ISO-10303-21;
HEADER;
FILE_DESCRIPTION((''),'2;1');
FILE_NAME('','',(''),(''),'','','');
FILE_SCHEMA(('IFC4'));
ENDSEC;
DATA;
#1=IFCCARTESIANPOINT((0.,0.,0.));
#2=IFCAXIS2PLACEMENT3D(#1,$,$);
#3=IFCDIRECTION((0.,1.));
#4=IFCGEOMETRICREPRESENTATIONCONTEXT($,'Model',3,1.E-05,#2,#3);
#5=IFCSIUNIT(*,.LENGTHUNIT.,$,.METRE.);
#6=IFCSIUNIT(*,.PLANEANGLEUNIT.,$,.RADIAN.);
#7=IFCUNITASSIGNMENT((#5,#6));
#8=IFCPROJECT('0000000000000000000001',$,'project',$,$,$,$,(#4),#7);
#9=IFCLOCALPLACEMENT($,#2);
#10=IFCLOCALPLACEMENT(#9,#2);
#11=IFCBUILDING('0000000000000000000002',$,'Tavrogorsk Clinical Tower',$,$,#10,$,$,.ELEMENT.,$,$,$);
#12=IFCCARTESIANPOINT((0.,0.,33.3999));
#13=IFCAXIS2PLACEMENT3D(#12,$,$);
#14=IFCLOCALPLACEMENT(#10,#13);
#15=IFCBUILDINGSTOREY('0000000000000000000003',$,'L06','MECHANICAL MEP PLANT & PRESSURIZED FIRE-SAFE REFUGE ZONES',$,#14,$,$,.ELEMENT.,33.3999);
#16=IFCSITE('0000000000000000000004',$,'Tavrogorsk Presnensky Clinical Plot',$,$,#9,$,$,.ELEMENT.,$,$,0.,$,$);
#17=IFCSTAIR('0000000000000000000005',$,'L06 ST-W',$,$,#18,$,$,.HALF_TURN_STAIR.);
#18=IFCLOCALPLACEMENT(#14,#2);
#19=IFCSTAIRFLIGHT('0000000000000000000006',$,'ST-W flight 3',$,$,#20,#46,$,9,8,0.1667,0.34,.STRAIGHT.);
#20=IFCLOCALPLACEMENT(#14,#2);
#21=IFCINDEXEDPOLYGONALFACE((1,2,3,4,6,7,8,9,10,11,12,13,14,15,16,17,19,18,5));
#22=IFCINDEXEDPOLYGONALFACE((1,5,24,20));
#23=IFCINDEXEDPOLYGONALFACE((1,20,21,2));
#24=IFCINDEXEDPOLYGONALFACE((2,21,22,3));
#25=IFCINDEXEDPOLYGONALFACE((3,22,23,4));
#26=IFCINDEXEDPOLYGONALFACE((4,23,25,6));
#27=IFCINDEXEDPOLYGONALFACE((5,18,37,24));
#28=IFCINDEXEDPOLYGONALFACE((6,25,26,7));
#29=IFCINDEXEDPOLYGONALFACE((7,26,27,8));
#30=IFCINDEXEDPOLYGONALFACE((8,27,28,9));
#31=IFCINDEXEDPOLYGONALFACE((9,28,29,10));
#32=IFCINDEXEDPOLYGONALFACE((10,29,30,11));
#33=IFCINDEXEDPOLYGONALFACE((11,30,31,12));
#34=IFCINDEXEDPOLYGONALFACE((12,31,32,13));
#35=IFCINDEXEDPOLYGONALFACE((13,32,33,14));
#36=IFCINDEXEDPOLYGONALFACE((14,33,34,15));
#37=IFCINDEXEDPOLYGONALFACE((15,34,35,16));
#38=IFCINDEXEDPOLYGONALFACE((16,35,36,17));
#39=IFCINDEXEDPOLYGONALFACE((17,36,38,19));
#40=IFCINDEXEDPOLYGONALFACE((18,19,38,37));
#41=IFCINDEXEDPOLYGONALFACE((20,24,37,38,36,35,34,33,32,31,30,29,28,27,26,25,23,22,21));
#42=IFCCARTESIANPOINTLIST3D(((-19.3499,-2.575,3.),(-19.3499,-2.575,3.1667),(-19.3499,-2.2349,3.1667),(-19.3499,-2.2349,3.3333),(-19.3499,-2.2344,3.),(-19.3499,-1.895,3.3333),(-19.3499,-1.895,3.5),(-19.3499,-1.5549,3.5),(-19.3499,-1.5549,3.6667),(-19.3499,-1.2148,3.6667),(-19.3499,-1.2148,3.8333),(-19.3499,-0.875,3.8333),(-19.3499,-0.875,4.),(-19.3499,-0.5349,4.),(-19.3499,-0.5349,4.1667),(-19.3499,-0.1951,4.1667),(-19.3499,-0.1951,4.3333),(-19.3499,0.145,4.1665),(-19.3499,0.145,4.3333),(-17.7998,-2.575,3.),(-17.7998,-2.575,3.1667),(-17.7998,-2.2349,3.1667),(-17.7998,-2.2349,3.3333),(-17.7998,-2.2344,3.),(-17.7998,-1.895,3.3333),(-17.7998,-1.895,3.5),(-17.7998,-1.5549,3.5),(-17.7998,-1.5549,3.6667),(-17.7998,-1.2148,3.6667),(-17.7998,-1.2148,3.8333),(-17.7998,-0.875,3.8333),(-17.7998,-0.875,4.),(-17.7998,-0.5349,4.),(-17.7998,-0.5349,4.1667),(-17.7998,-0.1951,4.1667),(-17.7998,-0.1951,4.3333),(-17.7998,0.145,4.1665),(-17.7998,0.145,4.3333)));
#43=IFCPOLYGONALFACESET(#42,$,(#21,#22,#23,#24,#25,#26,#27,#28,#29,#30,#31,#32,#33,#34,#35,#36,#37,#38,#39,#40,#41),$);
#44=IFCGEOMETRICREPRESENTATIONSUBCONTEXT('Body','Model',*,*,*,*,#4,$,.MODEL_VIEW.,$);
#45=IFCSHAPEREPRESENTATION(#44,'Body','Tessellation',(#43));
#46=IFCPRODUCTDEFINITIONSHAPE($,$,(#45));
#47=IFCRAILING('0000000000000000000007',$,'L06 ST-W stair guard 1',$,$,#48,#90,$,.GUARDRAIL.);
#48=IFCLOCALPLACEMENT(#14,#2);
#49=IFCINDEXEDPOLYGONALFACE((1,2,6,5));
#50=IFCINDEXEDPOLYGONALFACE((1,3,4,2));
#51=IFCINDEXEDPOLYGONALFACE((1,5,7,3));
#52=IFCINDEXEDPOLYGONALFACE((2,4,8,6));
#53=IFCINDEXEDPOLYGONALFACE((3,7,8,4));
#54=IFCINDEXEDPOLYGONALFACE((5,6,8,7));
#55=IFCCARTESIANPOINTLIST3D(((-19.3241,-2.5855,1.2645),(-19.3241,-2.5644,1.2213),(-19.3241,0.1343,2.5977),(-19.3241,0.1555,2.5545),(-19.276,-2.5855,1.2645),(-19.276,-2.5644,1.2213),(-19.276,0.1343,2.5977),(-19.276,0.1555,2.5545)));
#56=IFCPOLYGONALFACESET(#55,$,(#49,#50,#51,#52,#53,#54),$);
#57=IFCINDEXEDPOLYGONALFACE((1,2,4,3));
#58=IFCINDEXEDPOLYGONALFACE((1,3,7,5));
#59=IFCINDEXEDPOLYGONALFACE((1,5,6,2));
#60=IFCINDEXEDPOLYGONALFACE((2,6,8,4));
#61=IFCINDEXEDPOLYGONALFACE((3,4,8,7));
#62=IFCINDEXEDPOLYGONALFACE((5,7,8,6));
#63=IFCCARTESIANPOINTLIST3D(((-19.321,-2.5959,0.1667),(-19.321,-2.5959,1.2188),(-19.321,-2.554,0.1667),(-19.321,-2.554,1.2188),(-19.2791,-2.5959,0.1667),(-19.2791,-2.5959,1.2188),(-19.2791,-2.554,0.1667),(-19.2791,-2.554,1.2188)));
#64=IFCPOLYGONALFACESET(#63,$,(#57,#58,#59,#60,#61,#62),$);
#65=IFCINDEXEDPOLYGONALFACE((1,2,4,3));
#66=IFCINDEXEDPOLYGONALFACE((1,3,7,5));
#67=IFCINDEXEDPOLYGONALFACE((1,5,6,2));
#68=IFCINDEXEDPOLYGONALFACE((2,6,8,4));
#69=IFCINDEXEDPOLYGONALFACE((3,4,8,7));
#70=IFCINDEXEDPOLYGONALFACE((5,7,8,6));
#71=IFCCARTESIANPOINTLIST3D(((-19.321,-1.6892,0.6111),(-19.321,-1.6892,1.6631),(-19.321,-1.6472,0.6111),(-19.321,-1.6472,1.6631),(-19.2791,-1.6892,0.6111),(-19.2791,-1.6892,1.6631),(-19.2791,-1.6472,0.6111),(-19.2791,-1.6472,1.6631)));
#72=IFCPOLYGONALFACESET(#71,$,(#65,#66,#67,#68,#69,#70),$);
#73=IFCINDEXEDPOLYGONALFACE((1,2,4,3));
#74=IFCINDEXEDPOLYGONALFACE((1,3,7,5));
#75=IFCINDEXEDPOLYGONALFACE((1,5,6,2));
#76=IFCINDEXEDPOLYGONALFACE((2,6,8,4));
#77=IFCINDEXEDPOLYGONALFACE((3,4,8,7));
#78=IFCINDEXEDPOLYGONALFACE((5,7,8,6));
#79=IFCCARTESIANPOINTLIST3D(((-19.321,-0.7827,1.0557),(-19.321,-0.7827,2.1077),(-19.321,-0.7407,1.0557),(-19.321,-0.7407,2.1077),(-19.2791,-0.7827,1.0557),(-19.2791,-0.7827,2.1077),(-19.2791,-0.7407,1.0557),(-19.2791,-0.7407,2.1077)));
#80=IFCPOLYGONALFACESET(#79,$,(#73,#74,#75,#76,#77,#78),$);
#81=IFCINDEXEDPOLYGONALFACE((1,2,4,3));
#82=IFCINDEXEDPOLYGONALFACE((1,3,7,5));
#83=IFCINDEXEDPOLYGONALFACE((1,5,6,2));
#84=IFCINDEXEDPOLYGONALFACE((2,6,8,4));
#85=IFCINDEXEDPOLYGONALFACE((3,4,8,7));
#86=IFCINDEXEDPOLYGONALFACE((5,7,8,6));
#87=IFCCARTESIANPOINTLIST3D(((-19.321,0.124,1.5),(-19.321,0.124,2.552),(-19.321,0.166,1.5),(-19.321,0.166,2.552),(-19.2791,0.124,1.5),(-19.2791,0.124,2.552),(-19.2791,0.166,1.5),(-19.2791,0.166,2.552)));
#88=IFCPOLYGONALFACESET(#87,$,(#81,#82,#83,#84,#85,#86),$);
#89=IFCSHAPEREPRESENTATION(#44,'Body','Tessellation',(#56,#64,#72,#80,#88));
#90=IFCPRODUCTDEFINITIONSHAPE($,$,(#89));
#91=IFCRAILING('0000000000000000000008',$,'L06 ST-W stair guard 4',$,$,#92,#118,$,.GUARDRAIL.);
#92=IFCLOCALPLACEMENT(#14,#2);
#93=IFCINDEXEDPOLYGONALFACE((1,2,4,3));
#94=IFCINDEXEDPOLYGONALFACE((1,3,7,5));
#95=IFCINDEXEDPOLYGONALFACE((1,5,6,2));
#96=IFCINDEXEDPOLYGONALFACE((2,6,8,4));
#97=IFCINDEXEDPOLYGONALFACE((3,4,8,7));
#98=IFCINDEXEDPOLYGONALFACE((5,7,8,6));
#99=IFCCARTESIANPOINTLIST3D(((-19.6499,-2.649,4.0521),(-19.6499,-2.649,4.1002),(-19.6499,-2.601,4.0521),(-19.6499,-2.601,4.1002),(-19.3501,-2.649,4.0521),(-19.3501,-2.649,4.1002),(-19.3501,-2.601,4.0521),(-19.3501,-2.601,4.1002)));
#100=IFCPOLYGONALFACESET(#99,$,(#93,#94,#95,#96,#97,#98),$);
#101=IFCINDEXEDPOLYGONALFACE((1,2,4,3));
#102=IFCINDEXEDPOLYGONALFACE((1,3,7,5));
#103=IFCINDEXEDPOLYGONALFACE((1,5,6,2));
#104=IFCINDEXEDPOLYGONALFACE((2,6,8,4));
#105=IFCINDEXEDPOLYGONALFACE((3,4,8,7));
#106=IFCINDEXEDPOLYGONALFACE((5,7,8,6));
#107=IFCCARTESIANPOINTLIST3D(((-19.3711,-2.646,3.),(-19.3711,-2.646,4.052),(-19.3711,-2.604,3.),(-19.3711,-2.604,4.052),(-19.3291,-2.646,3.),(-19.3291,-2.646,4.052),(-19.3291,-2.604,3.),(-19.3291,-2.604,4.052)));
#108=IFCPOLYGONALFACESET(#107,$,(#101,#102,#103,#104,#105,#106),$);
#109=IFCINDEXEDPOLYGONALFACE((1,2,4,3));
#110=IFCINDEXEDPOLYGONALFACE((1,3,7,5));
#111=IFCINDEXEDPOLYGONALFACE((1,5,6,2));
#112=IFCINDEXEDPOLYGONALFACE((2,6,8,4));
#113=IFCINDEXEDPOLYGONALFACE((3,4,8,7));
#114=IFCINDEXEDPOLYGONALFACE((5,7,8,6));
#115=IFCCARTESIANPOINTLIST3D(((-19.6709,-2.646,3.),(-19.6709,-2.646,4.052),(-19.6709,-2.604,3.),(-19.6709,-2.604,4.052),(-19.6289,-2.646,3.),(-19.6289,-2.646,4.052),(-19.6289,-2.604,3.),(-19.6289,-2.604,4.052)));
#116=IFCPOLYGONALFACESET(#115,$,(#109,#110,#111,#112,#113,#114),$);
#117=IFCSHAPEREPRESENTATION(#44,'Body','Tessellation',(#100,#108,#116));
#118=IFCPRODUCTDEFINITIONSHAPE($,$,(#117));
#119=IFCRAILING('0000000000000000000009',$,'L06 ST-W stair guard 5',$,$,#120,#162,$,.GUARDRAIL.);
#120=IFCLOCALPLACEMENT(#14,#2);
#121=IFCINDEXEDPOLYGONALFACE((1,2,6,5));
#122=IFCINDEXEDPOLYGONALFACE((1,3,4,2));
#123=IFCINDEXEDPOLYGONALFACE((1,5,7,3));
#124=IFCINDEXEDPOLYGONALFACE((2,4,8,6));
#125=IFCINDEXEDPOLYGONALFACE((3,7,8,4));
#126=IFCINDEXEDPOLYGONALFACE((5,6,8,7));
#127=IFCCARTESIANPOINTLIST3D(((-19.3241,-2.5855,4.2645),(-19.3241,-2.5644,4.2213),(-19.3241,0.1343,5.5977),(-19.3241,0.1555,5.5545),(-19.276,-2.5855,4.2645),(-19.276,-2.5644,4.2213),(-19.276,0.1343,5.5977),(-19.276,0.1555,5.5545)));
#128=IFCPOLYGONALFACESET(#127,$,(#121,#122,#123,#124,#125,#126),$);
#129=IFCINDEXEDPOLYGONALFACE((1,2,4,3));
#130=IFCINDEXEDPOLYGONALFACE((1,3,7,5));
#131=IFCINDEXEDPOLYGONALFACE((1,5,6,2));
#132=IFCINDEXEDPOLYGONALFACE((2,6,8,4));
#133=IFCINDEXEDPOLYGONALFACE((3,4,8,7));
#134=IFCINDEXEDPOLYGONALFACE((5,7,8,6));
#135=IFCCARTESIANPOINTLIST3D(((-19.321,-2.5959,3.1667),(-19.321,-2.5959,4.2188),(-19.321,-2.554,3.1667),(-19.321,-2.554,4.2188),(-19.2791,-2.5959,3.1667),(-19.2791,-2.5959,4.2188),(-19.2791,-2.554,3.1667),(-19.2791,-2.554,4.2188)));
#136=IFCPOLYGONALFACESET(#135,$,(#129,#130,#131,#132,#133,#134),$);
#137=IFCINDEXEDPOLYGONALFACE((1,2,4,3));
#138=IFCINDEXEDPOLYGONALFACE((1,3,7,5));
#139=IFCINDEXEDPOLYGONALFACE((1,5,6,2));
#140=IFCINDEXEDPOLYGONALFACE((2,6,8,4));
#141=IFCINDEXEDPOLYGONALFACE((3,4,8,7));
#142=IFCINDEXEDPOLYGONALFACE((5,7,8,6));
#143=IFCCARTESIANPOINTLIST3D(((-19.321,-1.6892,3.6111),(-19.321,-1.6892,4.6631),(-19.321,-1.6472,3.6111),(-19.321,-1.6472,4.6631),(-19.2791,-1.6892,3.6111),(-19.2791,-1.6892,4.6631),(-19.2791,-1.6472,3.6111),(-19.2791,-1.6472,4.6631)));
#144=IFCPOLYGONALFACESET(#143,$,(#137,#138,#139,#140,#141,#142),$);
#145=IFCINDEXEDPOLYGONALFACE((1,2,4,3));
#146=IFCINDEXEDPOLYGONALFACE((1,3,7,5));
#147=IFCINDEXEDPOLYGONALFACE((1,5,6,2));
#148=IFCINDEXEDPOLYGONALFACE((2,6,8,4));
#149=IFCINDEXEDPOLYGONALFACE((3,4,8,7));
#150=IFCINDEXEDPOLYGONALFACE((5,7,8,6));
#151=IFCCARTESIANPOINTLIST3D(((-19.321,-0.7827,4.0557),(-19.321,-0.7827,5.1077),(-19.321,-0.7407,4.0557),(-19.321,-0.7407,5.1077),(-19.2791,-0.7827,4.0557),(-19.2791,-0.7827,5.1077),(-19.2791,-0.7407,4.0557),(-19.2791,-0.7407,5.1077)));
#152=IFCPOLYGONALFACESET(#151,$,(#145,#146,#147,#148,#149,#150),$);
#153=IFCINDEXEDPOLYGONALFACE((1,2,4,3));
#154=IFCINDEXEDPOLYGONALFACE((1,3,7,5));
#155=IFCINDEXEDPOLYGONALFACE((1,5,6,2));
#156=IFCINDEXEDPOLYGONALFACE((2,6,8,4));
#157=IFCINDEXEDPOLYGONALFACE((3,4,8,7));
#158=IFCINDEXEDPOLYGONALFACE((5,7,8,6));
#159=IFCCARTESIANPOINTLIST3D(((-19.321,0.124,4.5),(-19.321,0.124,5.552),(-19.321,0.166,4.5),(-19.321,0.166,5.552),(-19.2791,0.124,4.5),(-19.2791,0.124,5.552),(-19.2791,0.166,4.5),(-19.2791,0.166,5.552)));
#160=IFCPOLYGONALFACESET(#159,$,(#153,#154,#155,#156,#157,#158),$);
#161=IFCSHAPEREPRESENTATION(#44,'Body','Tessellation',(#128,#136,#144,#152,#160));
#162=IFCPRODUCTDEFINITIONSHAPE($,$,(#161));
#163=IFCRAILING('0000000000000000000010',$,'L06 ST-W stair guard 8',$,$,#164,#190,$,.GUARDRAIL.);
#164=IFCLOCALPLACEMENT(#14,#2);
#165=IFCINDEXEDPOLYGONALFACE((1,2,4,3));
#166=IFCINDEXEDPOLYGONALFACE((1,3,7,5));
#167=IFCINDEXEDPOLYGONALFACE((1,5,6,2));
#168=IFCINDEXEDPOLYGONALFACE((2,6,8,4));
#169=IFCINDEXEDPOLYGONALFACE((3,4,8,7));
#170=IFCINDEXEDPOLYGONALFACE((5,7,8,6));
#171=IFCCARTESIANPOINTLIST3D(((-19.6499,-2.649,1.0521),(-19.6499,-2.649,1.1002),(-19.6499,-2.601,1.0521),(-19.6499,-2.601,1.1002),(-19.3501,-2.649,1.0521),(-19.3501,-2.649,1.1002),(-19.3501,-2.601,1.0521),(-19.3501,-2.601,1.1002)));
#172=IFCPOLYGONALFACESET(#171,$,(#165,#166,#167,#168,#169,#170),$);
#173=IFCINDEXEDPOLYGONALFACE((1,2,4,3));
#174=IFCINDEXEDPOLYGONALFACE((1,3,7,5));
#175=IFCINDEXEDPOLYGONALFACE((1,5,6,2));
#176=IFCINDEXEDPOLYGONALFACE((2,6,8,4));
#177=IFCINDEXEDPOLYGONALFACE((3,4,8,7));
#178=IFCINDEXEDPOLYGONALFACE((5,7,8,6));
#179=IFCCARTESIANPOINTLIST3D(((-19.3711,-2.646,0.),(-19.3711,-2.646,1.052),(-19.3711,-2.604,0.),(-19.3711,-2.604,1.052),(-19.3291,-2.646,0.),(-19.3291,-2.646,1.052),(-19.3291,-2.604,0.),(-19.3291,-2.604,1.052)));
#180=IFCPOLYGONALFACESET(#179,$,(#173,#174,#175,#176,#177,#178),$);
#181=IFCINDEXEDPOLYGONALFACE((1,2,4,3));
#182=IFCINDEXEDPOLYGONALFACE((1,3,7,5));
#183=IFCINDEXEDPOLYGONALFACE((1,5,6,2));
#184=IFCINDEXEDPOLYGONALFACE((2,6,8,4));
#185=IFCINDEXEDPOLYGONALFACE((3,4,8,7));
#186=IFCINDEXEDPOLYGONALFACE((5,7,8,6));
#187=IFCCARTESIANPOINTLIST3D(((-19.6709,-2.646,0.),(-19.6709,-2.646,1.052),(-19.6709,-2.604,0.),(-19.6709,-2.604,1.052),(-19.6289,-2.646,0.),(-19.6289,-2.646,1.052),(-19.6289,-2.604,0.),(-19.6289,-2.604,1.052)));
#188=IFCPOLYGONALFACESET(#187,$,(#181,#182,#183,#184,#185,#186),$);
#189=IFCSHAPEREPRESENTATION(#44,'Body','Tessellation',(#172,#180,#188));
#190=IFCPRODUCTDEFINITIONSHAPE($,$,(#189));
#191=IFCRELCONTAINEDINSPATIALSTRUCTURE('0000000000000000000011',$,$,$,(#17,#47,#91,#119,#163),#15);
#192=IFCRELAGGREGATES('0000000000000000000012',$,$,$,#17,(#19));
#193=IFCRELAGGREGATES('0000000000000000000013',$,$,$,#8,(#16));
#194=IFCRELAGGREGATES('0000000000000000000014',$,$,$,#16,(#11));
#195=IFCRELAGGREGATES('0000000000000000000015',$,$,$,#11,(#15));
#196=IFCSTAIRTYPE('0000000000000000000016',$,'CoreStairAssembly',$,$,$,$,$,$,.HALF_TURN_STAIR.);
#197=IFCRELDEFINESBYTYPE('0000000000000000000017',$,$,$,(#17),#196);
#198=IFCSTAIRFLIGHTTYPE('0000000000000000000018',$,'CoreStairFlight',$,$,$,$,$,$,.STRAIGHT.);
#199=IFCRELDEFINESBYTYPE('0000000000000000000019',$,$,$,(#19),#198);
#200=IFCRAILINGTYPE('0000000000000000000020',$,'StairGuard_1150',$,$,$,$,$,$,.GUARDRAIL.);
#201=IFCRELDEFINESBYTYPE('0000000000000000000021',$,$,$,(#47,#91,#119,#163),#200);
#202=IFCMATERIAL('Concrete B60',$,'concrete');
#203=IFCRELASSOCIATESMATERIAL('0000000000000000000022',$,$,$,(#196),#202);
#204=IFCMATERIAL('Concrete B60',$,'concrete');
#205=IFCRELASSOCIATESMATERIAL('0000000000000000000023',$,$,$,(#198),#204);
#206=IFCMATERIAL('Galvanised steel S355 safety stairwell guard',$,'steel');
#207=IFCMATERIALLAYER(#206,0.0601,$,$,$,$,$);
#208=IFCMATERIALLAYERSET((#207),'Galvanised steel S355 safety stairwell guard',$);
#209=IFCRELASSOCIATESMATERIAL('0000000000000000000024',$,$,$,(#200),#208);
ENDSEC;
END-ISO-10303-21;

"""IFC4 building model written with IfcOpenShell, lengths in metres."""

from ifc_helpers import new_model, si_unit, direction, frame, origin, origin_2d, place, context, subcontext, project, spatial, polyline, rectangle, outline, extrude, material, layer, layer_set, type_object, element, aggregate, save


model = new_model("IFC4")

# Units and contexts
model_context = context("Model", 3, precision=1e-05, world=origin(), true_north=direction((0.0, 1.0)))
body_context = subcontext(model_context, "Body", "Model", "MODEL_VIEW")
ifc_project = project(units=[si_unit("LENGTHUNIT", "METRE"), si_unit("PLANEANGLEUNIT", "RADIAN")], contexts=[model_context])

# Site, building, storey
site_placement = place(None, origin())
site = spatial("IfcSite", under=ifc_project, at=site_placement, Name="Tavrogorsk Presnensky Clinical Plot", CompositionType="ELEMENT", RefElevation=0.0)
building_placement = place(site_placement, origin())
building = spatial("IfcBuilding", under=site, at=building_placement, Name="Tavrogorsk Clinical Tower", CompositionType="ELEMENT")
storey_placement = place(building_placement, frame((0.0, 0.0, 33.3999)))
storey = spatial("IfcBuildingStorey", under=building, at=storey_placement, Name="L06", Description="MECHANICAL MEP PLANT & PRESSURIZED FIRE-SAFE REFUGE ZONES", CompositionType="ELEMENT", Elevation=33.3999)

# Stair, stair flight
ifc_material_1 = material(Name="Concrete B60", Category="concrete")
stair_type = type_object("IfcStairType", Name="CoreStairAssembly", PredefinedType="HALF_TURN_STAIR", material=ifc_material_1)
stair_placement = place(storey_placement, origin())
stair = element("IfcStair", 1, at=stair_placement, inside=storey, type_object=stair_type, Name="L06 ST-W", PredefinedType="HALF_TURN_STAIR")
ifc_material_2 = material(Name="Concrete B60", Category="concrete")
stair_flight_type = type_object("IfcStairFlightType", Name="CoreStairFlight", PredefinedType="STRAIGHT", material=ifc_material_2)
stair_flight_1_placement = place(storey_placement, frame((-18.575, -2.575, 3.0), z_axis=(0.0, 0.0, 1.0), x_axis=(0.0, 1.0, 0.0)))
stair_flight_1 = element("IfcStairFlight", 2, at=stair_flight_1_placement, type_object=stair_flight_type, Name="ST-W flight 3", NumberOfRisers=9, NumberOfTreads=8, PredefinedType="STRAIGHT", RiserHeight=0.1667, TreadLength=0.34, context=body_context, shape_type="SweptSolid", body=[
    extrude(outline(polyline([(0.0, 0.0), (0.0, 0.1667), (0.3401, 0.1667), (0.3401, 0.3333), (0.6799, 0.3333), (0.6799, 0.5), (1.02, 0.5), (1.02, 0.6667), (1.3601, 0.6667), (1.3601, 0.8333), (1.7, 0.8333), (1.7, 1.0), (2.04, 1.0), (2.04, 1.1667), (2.3799, 1.1667), (2.3799, 1.3333), (2.72, 1.3333), (2.72, 1.5), (2.72, 1.1665), (0.3406, 0.0), (0.0, 0.0)])), frame((0.0, 0.7749, 0.0), z_axis=(0.0, -1.0, 0.0), x_axis=(1.0, 0.0, 0.0)), (0.0, 0.0, 1.0), 1.55),
])
aggregate(stair, [stair_flight_1])

# Railings
ifc_material_3 = material(Name="Galvanised steel S355 safety stairwell guard", Category="steel")
ifc_layer_1 = layer(ifc_material_3, 0.0601)
ifc_layer_set_1 = layer_set([ifc_layer_1], Name="Galvanised steel S355 safety stairwell guard")
railing_type_1 = type_object("IfcRailingType", Name="StairGuard_1150", PredefinedType="GUARDRAIL", material=ifc_layer_set_1)
railing_1_placement = place(storey_placement, frame((-19.3, -2.575, 0.1667)))
element("IfcRailing", 3, at=railing_1_placement, inside=storey, type_object=railing_type_1, Name="L06 ST-W stair guard 1", PredefinedType="GUARDRAIL", context=body_context, shape_type="SweptSolid", body=[
    extrude(rectangle(XDim=0.0481, YDim=0.0481, at=origin_2d()), frame((0.0, 0.0, 1.0762), z_axis=(0.0, 0.897929, 0.440139), x_axis=(-1.0, 0.0, 0.0)), (0.0, 0.0, 1.0), 3.0291),
    extrude(rectangle(XDim=0.042, YDim=0.042, at=origin_2d()), origin(), (0.0, 0.0, 1.0), 1.052),
    extrude(rectangle(XDim=0.042, YDim=0.042, at=origin_2d()), frame((0.0, 0.9067, 0.4443)), (0.0, 0.0, 1.0), 1.052),
    extrude(rectangle(XDim=0.042, YDim=0.042, at=origin_2d()), frame((0.0, 1.8132, 0.8889)), (0.0, 0.0, 1.0), 1.052),
    extrude(rectangle(XDim=0.042, YDim=0.042, at=origin_2d()), frame((0.0, 2.72, 1.3333)), (0.0, 0.0, 1.0), 1.052),
])
railing_2_placement = place(storey_placement, frame((-19.3501, -2.625, 3.0)))
element("IfcRailing", 4, at=railing_2_placement, inside=storey, type_object=railing_type_1, Name="L06 ST-W stair guard 4", PredefinedType="GUARDRAIL", context=body_context, shape_type="SweptSolid", body=[
    extrude(rectangle(XDim=0.0481, YDim=0.0481, at=origin_2d()), frame((0.0, 0.0, 1.0762), z_axis=(-1.0, 0.0, 0.0), x_axis=(0.0, -1.0, 0.0)), (0.0, 0.0, 1.0), 0.2998),
    extrude(rectangle(XDim=0.042, YDim=0.042, at=origin_2d()), origin(), (0.0, 0.0, 1.0), 1.052),
    extrude(rectangle(XDim=0.042, YDim=0.042, at=origin_2d()), frame((-0.2998, 0.0, 0.0)), (0.0, 0.0, 1.0), 1.052),
])
railing_3_placement = place(storey_placement, frame((-19.3, -2.575, 3.1667)))
element("IfcRailing", 5, at=railing_3_placement, inside=storey, type_object=railing_type_1, Name="L06 ST-W stair guard 5", PredefinedType="GUARDRAIL", context=body_context, shape_type="SweptSolid", body=[
    extrude(rectangle(XDim=0.0481, YDim=0.0481, at=origin_2d()), frame((0.0, 0.0, 1.0762), z_axis=(0.0, 0.897929, 0.440139), x_axis=(-1.0, 0.0, 0.0)), (0.0, 0.0, 1.0), 3.0291),
    extrude(rectangle(XDim=0.042, YDim=0.042, at=origin_2d()), origin(), (0.0, 0.0, 1.0), 1.052),
    extrude(rectangle(XDim=0.042, YDim=0.042, at=origin_2d()), frame((0.0, 0.9067, 0.4443)), (0.0, 0.0, 1.0), 1.052),
    extrude(rectangle(XDim=0.042, YDim=0.042, at=origin_2d()), frame((0.0, 1.8132, 0.8889)), (0.0, 0.0, 1.0), 1.052),
    extrude(rectangle(XDim=0.042, YDim=0.042, at=origin_2d()), frame((0.0, 2.72, 1.3333)), (0.0, 0.0, 1.0), 1.052),
])
railing_4_placement = place(storey_placement, frame((-19.3501, -2.625, 0.0)))
element("IfcRailing", 6, at=railing_4_placement, inside=storey, type_object=railing_type_1, Name="L06 ST-W stair guard 8", PredefinedType="GUARDRAIL", context=body_context, shape_type="SweptSolid", body=[
    extrude(rectangle(XDim=0.0481, YDim=0.0481, at=origin_2d()), frame((0.0, 0.0, 1.0762), z_axis=(-1.0, 0.0, 0.0), x_axis=(0.0, -1.0, 0.0)), (0.0, 0.0, 1.0), 0.2998),
    extrude(rectangle(XDim=0.042, YDim=0.042, at=origin_2d()), origin(), (0.0, 0.0, 1.0), 1.052),
    extrude(rectangle(XDim=0.042, YDim=0.042, at=origin_2d()), frame((-0.2998, 0.0, 0.0)), (0.0, 0.0, 1.0), 1.052),
])

save(model, "model.ifc")
